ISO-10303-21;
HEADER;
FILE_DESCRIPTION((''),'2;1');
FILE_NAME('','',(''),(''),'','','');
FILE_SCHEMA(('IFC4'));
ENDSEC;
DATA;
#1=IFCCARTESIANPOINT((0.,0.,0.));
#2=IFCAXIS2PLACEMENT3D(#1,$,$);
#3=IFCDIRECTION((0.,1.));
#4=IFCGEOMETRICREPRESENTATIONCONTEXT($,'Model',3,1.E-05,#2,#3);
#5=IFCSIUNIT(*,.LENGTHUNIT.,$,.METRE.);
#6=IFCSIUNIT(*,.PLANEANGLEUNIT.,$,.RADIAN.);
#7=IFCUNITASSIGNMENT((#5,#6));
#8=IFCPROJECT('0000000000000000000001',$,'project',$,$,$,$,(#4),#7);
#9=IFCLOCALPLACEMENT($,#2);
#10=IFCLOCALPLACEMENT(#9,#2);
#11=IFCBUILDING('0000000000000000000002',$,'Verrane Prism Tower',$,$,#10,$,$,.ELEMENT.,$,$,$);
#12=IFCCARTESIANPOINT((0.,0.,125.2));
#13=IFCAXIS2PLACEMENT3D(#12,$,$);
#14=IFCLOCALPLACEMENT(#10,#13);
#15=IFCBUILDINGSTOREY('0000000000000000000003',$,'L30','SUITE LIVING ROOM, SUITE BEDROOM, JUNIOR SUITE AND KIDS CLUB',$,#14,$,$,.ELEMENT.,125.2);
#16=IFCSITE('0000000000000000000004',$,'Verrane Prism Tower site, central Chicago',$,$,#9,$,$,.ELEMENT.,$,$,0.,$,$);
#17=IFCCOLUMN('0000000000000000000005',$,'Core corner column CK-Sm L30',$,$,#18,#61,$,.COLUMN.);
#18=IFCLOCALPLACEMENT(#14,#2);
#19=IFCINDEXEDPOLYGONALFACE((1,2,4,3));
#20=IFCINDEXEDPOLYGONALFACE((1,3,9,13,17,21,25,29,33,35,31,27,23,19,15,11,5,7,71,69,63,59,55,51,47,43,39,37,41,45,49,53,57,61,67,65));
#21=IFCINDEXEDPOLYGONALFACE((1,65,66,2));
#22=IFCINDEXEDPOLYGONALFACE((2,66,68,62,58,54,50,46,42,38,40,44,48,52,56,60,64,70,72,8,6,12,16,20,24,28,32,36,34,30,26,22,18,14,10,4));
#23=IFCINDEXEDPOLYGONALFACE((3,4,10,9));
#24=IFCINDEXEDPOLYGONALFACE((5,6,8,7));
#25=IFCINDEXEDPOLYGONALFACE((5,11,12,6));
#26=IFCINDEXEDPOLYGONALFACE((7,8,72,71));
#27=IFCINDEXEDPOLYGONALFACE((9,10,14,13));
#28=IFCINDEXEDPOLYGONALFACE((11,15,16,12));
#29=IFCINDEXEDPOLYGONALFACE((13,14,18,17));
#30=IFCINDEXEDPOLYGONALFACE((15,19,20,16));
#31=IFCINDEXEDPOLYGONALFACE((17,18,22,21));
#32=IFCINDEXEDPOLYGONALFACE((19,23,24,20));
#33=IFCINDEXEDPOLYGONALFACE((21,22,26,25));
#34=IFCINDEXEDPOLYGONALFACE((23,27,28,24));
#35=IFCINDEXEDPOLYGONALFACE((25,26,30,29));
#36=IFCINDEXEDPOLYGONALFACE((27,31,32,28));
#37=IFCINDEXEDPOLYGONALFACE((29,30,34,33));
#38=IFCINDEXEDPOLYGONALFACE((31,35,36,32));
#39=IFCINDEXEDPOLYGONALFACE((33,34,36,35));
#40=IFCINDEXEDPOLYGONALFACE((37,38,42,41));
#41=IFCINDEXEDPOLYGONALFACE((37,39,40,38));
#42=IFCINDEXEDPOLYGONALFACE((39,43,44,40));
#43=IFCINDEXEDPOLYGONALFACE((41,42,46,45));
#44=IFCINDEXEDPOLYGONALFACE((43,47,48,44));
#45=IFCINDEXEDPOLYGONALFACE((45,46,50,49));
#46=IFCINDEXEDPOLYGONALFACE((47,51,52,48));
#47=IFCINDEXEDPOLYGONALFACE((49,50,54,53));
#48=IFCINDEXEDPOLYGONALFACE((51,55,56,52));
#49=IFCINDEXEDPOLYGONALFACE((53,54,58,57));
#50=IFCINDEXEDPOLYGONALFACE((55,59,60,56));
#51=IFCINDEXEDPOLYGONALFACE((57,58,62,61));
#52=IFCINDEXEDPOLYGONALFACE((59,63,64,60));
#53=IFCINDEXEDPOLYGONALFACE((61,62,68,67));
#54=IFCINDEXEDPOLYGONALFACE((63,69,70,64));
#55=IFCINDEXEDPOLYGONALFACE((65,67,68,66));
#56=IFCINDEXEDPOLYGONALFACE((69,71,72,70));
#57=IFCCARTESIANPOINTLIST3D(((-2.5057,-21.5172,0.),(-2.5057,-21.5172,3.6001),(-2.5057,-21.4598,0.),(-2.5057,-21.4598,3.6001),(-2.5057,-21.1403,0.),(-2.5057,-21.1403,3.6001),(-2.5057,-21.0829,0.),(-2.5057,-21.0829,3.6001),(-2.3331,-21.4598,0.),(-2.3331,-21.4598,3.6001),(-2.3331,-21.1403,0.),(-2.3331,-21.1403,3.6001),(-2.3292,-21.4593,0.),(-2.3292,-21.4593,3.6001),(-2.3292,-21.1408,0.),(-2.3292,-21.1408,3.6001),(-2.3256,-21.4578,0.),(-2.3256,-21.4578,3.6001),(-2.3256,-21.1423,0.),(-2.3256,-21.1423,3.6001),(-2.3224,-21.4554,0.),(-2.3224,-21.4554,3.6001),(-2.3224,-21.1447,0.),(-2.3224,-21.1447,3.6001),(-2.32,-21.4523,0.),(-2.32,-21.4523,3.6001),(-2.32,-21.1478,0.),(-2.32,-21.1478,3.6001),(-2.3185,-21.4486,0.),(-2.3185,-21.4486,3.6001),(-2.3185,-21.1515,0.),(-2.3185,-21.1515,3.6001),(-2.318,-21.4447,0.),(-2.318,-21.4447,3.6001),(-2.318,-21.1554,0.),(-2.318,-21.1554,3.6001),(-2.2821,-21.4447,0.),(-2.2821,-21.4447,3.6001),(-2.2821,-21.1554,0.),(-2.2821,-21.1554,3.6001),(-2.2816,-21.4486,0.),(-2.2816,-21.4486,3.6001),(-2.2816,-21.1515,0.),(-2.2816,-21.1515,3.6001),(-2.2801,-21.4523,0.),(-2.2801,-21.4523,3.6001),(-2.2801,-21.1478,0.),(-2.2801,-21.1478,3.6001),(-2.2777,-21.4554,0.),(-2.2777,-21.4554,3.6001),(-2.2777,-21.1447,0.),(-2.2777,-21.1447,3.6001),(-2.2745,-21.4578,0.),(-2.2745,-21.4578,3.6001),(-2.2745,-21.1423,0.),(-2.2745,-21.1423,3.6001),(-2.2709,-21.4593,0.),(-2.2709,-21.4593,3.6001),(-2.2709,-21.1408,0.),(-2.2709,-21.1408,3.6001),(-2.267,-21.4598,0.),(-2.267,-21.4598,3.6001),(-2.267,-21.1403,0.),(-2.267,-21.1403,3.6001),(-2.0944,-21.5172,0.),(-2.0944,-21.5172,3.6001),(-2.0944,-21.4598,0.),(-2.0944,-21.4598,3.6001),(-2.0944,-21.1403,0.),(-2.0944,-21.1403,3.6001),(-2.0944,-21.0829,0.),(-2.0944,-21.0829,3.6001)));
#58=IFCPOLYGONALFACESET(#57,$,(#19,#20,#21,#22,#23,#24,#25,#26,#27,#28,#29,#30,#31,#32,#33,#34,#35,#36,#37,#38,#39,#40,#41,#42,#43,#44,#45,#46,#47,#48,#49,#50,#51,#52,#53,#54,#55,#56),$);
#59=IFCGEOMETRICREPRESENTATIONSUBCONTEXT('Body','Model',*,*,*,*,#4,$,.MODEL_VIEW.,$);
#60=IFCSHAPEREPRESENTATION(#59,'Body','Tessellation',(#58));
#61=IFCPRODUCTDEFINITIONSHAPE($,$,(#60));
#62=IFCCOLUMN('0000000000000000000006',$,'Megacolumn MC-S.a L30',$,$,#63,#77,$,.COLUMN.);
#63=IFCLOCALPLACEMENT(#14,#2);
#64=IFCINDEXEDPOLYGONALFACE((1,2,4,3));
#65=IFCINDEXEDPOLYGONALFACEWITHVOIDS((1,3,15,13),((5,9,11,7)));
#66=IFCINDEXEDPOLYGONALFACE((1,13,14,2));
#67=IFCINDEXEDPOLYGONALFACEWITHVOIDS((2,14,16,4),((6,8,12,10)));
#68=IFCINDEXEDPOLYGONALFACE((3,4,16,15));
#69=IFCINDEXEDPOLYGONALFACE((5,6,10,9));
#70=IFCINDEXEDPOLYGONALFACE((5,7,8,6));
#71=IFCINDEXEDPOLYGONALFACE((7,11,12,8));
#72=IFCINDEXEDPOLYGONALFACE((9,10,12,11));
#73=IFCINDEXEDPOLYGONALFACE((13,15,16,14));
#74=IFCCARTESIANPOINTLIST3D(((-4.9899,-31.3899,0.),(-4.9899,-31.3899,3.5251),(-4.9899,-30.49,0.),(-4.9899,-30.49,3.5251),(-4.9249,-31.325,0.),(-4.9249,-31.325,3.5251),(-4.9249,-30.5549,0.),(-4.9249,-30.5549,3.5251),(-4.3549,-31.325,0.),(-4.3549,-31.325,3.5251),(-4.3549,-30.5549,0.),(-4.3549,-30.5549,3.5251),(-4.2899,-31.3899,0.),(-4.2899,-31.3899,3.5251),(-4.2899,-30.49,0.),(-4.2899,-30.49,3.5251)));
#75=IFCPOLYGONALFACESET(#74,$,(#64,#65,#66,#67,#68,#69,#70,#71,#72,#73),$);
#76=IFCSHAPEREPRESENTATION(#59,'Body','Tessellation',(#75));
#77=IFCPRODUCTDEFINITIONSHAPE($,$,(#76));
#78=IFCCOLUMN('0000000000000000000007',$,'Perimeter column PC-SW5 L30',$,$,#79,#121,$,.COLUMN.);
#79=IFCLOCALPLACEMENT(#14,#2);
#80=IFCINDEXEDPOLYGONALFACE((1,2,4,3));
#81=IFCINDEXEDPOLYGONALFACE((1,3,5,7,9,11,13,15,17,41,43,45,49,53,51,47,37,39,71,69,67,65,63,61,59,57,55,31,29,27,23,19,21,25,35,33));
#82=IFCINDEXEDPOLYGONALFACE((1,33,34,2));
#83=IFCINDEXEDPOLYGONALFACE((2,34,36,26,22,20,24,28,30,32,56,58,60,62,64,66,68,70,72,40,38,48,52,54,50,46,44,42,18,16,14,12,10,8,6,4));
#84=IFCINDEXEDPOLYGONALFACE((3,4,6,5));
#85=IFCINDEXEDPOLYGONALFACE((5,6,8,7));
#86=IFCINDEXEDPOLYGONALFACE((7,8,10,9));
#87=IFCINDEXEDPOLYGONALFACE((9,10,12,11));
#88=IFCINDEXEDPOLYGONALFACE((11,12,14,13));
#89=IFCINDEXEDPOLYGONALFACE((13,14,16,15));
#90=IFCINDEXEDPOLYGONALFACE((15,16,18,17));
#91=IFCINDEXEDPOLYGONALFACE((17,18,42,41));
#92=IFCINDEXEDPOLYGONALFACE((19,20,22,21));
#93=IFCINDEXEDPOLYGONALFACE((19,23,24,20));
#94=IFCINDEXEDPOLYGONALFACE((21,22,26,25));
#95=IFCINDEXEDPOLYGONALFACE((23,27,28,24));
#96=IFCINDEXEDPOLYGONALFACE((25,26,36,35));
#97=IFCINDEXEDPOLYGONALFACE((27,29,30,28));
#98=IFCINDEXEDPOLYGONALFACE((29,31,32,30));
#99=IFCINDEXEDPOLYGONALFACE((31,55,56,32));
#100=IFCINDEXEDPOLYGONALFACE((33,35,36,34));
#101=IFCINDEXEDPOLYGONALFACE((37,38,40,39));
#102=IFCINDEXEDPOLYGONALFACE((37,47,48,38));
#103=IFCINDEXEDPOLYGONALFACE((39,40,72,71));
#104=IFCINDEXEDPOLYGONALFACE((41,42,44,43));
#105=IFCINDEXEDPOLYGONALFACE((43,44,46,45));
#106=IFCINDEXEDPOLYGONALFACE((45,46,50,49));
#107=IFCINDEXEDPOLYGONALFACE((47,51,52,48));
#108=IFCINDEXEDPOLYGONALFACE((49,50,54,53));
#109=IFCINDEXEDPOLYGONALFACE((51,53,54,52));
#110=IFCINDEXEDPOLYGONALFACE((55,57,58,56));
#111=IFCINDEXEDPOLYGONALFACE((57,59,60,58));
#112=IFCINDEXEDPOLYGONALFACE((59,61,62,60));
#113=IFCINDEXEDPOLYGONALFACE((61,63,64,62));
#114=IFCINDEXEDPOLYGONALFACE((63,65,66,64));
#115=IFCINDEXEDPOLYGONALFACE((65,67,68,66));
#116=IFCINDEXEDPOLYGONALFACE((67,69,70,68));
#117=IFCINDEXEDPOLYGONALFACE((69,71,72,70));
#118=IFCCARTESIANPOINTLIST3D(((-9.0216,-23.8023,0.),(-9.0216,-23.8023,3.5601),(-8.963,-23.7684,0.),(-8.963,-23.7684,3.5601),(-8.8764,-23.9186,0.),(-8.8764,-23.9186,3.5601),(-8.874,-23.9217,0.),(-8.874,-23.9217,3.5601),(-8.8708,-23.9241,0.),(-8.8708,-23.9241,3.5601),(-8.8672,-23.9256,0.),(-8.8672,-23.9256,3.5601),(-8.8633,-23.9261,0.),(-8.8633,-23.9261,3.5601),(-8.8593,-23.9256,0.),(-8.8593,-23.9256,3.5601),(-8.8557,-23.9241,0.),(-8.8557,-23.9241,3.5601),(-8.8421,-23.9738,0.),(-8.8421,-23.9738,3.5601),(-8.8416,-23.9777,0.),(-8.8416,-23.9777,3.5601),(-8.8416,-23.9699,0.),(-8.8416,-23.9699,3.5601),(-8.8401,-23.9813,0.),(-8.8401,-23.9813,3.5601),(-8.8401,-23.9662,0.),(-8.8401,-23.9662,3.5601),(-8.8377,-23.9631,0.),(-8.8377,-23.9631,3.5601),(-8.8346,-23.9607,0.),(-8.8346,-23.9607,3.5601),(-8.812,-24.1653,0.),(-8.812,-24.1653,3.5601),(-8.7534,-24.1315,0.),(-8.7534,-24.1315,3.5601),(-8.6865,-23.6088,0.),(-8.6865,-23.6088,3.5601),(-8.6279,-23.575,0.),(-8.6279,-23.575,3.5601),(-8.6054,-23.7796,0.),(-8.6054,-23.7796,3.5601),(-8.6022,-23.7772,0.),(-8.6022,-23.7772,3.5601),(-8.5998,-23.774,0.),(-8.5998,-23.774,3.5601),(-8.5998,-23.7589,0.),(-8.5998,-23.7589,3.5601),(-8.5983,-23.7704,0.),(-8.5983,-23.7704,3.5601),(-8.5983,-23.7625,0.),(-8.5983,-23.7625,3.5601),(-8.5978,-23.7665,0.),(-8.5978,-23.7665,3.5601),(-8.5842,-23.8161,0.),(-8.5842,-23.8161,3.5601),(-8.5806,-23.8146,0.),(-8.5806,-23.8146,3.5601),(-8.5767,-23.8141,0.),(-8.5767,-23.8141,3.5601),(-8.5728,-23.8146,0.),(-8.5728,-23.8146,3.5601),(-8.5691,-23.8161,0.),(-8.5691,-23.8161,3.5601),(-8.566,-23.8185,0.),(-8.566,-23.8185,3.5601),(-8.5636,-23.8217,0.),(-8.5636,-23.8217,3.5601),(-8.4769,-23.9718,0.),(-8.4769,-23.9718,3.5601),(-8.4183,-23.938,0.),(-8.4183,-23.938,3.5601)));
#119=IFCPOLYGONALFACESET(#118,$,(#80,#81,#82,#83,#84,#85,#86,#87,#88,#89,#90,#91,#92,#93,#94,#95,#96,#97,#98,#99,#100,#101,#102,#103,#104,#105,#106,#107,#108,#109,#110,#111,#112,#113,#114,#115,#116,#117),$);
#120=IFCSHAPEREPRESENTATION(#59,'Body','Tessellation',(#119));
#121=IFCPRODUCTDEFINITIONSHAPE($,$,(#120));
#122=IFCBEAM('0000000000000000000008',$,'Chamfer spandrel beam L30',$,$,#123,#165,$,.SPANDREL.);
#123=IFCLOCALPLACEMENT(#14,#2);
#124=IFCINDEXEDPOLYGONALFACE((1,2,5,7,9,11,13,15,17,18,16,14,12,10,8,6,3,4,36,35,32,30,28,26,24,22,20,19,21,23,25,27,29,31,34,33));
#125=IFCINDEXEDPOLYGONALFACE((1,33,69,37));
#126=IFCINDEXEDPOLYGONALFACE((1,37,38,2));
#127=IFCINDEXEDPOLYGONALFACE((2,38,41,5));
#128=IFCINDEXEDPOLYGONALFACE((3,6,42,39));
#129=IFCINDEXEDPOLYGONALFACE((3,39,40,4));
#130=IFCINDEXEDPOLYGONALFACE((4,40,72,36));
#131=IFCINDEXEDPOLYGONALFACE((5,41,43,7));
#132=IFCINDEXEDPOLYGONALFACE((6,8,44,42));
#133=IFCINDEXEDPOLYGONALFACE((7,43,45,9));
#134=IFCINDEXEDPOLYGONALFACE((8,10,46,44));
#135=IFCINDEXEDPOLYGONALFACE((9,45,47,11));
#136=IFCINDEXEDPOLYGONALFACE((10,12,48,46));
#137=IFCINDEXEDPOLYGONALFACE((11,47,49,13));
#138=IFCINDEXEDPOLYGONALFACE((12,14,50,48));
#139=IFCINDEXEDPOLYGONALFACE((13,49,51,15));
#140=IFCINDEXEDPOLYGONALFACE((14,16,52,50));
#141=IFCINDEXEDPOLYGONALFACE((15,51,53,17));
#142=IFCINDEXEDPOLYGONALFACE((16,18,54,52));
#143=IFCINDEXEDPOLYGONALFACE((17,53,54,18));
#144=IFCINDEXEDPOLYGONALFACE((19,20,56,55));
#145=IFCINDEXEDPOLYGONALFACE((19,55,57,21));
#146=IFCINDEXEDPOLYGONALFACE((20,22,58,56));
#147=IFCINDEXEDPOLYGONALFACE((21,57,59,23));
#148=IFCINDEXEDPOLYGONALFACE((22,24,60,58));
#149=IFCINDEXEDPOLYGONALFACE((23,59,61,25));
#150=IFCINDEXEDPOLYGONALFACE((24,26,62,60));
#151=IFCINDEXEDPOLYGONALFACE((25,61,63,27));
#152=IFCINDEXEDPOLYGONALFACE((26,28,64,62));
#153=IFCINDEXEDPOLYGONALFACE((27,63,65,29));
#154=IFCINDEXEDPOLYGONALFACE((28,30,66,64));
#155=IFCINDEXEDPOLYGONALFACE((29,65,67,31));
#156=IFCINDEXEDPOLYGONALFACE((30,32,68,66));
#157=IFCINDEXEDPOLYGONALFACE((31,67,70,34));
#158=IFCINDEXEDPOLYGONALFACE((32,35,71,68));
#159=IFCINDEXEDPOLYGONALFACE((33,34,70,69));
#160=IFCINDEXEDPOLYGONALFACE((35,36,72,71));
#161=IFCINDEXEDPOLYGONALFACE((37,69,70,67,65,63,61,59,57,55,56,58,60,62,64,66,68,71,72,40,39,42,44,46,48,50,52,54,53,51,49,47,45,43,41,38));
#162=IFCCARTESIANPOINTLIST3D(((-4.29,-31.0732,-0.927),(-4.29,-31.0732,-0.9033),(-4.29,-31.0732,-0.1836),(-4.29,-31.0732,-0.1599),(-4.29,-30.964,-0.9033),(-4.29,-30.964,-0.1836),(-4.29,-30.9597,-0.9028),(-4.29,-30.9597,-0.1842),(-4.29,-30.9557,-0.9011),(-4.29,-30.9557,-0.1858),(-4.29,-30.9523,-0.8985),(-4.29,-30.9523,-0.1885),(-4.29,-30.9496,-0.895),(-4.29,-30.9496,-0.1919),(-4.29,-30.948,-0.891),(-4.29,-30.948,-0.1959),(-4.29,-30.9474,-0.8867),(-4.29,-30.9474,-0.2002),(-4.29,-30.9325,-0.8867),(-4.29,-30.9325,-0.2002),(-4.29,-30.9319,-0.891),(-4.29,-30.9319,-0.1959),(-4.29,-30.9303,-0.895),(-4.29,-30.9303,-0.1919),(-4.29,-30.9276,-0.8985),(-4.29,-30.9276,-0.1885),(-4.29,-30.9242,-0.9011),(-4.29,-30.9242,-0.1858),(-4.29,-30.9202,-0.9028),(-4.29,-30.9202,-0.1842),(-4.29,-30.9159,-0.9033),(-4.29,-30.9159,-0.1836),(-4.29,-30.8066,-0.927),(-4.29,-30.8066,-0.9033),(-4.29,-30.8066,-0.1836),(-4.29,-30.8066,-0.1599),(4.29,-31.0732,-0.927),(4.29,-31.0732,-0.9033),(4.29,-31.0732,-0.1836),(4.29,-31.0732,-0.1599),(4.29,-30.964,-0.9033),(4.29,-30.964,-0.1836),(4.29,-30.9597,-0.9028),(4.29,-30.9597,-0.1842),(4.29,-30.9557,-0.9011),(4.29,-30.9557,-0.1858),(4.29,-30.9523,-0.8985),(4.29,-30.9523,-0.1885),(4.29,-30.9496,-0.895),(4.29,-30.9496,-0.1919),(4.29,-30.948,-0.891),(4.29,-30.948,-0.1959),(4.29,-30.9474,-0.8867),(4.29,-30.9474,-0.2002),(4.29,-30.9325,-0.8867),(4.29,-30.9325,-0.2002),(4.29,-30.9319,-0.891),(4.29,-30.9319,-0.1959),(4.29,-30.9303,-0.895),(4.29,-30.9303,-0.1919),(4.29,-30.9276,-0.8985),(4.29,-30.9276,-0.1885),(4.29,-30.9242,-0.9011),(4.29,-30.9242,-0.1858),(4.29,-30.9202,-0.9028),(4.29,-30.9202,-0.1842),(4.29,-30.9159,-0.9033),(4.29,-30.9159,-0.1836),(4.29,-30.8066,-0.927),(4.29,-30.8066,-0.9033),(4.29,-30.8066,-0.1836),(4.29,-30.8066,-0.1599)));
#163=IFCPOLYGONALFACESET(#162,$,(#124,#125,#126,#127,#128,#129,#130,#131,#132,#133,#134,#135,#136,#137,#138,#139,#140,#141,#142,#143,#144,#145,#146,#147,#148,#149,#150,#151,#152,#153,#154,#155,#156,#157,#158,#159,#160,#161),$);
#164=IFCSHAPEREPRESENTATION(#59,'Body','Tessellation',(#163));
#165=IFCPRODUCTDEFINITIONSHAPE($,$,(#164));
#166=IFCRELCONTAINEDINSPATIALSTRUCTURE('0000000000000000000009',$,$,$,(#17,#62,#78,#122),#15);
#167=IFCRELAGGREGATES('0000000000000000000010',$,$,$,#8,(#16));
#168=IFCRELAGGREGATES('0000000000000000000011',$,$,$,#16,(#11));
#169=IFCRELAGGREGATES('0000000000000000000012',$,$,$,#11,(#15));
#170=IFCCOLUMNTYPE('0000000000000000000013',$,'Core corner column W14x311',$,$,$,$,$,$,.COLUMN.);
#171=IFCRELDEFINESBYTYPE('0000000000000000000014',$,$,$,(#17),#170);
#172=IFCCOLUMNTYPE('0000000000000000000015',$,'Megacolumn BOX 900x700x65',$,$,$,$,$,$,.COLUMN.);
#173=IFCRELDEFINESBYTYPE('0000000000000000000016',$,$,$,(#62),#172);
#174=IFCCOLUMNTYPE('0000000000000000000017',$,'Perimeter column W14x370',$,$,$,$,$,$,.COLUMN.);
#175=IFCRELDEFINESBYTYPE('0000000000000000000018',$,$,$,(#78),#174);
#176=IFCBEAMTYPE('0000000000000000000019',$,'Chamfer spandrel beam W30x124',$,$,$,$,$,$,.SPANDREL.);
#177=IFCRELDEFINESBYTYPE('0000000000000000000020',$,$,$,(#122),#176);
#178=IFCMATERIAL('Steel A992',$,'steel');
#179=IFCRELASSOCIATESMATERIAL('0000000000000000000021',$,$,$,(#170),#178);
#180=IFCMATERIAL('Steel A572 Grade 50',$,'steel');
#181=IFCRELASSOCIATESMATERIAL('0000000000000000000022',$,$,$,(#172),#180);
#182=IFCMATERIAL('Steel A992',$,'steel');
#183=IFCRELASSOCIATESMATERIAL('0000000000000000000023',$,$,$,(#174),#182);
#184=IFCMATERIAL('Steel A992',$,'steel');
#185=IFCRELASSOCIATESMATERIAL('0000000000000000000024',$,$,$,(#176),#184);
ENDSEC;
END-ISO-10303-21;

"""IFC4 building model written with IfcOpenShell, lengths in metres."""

from ifc_helpers import new_model, si_unit, direction, frame, origin, origin_2d, place, context, subcontext, project, spatial, hollow_rectangle, i_section, extrude, material, material_profile, profile_set, type_object, element, save


model = new_model("IFC4")

# Units and contexts
model_context = context("Model", 3, precision=1e-05, world=origin(), true_north=direction((0.0, 1.0)))
body_context = subcontext(model_context, "Body", "Model", "MODEL_VIEW")
ifc_project = project(units=[si_unit("LENGTHUNIT", "METRE"), si_unit("PLANEANGLEUNIT", "RADIAN")], contexts=[model_context])

# Site, building, storey
site_placement = place(None, origin())
site = spatial("IfcSite", under=ifc_project, at=site_placement, Name="Verrane Prism Tower site, central Chicago", CompositionType="ELEMENT", RefElevation=0.0)
building_placement = place(site_placement, origin())
building = spatial("IfcBuilding", under=site, at=building_placement, Name="Verrane Prism Tower", CompositionType="ELEMENT")
storey_placement = place(building_placement, frame((0.0, 0.0, 125.2)))
storey = spatial("IfcBuildingStorey", under=building, at=storey_placement, Name="L30", Description="SUITE LIVING ROOM, SUITE BEDROOM, JUNIOR SUITE AND KIDS CLUB", CompositionType="ELEMENT", Elevation=125.2)

# Columns
ifc_material_1 = material(Name="Steel A992", Category="steel")
ifc_material_profile_1 = material_profile(ifc_material_1, i_section(OverallWidth=0.4114, OverallDepth=0.4343, WebThickness=0.0359, FlangeThickness=0.0574, FilletRadius=0.0151, at=origin_2d()), Name="W14x311")
ifc_profile_set_1 = profile_set([ifc_material_profile_1], Name="Steel A992")
column_type_1 = type_object("IfcColumnType", Name="Core corner column W14x311", PredefinedType="COLUMN", material=ifc_profile_set_1)
column_1_placement = place(storey_placement, frame((-2.3, -21.3, 0.0), z_axis=(0.0, 0.0, 1.0), x_axis=(-1.0, 0.0, 0.0)))
element("IfcColumn", 1, at=column_1_placement, inside=storey, type_object=column_type_1, Name="Core corner column CK-Sm L30", PredefinedType="COLUMN", context=body_context, shape_type="SweptSolid", body=[
    extrude(i_section(OverallWidth=0.4114, OverallDepth=0.4343, WebThickness=0.0359, FlangeThickness=0.0574, FilletRadius=0.0151, at=origin_2d()), origin(), (0.0, 0.0, 1.0), 3.6001),
])
ifc_material_2 = material(Name="Steel A572 Grade 50", Category="steel")
ifc_material_profile_2 = material_profile(ifc_material_2, hollow_rectangle(XDim=0.7, YDim=0.8999, WallThickness=0.0649, at=origin_2d()), Name="BOX 900x700x65")
ifc_profile_set_2 = profile_set([ifc_material_profile_2], Name="Steel A572 Grade 50")
column_type_2 = type_object("IfcColumnType", Name="Megacolumn BOX 900x700x65", PredefinedType="COLUMN", material=ifc_profile_set_2)
column_2_placement = place(storey_placement, frame((-4.6399, -30.9399, 0.0), z_axis=(0.0, 0.0, 1.0), x_axis=(-1.0, 0.0, 0.0)))
element("IfcColumn", 2, at=column_2_placement, inside=storey, type_object=column_type_2, Name="Megacolumn MC-S.a L30", PredefinedType="COLUMN", context=body_context, shape_type="SweptSolid", body=[
    extrude(hollow_rectangle(XDim=0.7, YDim=0.8999, WallThickness=0.0649, at=origin_2d()), origin(), (0.0, 0.0, 1.0), 3.5251),
])
ifc_material_3 = material(Name="Steel A992", Category="steel")
ifc_material_profile_3 = material_profile(ifc_material_3, i_section(OverallWidth=0.4192, OverallDepth=0.4546, WebThickness=0.0422, FlangeThickness=0.0676, FilletRadius=0.0151, at=origin_2d()), Name="W14x370")
ifc_profile_set_3 = profile_set([ifc_material_profile_3], Name="Steel A992")
column_type_3 = type_object("IfcColumnType", Name="Perimeter column W14x370", PredefinedType="COLUMN", material=ifc_profile_set_3)
column_3_placement = place(storey_placement, frame((-8.72, -23.8701, 0.0), z_axis=(0.0, 0.0, 1.0), x_axis=(-0.5, 0.866025, 0.0)))
element("IfcColumn", 3, at=column_3_placement, inside=storey, type_object=column_type_3, Name="Perimeter column PC-SW5 L30", PredefinedType="COLUMN", context=body_context, shape_type="SweptSolid", body=[
    extrude(i_section(OverallWidth=0.4192, OverallDepth=0.4546, WebThickness=0.0422, FlangeThickness=0.0676, FilletRadius=0.0151, at=origin_2d()), origin(), (0.0, 0.0, 1.0), 3.5601),
])

# Beam
ifc_material_4 = material(Name="Steel A992", Category="steel")
ifc_material_profile_4 = material_profile(ifc_material_4, i_section(OverallWidth=0.2666, OverallDepth=0.7671, WebThickness=0.0149, FlangeThickness=0.0237, FilletRadius=0.0166, at=origin_2d()), Name="W30x124")
ifc_profile_set_4 = profile_set([ifc_material_profile_4], Name="Steel A992")
beam_type_1 = type_object("IfcBeamType", Name="Chamfer spandrel beam W30x124", PredefinedType="SPANDREL", material=ifc_profile_set_4)
beam_1_placement = place(storey_placement, frame((-4.29, -30.9399, -0.5435), z_axis=(1.0, 0.0, 0.0), x_axis=(0.0, 1.0, 0.0)))
element("IfcBeam", 4, at=beam_1_placement, inside=storey, type_object=beam_type_1, Name="Chamfer spandrel beam L30", PredefinedType="SPANDREL", context=body_context, shape_type="SweptSolid", body=[
    extrude(i_section(OverallWidth=0.2666, OverallDepth=0.7671, WebThickness=0.0149, FlangeThickness=0.0237, FilletRadius=0.0166, at=origin_2d()), origin(), (0.0, 0.0, 1.0), 8.5801),
])

save(model, "model.ifc")
